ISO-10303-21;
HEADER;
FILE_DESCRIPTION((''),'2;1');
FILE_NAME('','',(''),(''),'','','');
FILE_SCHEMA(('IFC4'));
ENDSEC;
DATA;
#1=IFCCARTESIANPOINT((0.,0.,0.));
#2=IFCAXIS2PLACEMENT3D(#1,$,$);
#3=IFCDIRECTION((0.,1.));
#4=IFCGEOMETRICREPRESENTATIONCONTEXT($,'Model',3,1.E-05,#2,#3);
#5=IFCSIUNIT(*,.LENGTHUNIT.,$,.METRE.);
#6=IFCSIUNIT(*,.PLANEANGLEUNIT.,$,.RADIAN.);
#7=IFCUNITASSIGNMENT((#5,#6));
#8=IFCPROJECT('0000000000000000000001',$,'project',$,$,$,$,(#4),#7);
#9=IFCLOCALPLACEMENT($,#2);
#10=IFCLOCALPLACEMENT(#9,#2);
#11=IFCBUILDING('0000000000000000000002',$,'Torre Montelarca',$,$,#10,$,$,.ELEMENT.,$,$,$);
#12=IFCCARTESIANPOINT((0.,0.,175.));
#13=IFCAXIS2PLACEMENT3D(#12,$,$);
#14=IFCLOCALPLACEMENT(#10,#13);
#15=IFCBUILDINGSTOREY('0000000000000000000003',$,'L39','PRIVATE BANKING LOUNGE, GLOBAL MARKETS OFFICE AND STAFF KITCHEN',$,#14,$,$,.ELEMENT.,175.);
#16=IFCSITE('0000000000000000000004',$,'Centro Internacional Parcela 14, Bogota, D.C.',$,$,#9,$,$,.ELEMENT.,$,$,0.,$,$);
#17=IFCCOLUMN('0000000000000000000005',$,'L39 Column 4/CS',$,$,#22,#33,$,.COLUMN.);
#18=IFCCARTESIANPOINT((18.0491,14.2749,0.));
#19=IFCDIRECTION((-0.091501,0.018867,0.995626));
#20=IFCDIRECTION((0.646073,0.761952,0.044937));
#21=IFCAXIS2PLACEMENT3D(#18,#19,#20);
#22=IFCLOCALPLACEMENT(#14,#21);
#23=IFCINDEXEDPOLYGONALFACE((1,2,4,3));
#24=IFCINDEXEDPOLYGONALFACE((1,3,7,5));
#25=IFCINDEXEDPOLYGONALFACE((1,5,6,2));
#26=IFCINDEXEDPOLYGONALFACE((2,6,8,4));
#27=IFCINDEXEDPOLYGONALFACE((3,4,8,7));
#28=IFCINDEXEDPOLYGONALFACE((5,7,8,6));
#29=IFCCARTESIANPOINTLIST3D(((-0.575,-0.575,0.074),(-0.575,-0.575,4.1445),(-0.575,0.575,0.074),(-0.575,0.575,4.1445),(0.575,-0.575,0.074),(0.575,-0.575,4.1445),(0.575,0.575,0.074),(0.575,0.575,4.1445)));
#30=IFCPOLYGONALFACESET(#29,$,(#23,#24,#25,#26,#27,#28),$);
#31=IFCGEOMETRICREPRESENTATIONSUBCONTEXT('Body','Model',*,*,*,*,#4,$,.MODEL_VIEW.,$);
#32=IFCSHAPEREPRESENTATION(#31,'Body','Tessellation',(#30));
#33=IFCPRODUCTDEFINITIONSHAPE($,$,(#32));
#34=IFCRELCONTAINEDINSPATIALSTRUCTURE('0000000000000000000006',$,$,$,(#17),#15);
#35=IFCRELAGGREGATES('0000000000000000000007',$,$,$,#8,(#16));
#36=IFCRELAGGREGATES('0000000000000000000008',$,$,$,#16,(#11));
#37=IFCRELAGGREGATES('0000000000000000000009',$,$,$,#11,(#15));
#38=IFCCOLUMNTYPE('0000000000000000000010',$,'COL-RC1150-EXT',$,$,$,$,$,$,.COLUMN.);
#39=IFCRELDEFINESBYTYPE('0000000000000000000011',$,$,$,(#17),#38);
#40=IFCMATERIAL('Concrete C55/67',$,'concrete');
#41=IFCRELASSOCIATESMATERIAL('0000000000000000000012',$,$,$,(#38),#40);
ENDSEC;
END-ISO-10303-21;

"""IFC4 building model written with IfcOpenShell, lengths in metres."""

from ifc_helpers import new_model, si_unit, direction, frame, origin, origin_2d, place, context, subcontext, project, spatial, rectangle, extrude, clip, halfspace, material, material_profile, profile_set, type_object, element, save


model = new_model("IFC4")

# Units and contexts
model_context = context("Model", 3, precision=1e-05, world=origin(), true_north=direction((0.0, 1.0)))
body_context = subcontext(model_context, "Body", "Model", "MODEL_VIEW")
ifc_project = project(units=[si_unit("LENGTHUNIT", "METRE"), si_unit("PLANEANGLEUNIT", "RADIAN")], contexts=[model_context])

# Site, building, storey
site_placement = place(None, origin())
site = spatial("IfcSite", under=ifc_project, at=site_placement, Name="Centro Internacional Parcela 14, Bogota, D.C.", CompositionType="ELEMENT", RefElevation=0.0)
building_placement = place(site_placement, origin())
building = spatial("IfcBuilding", under=site, at=building_placement, Name="Torre Montelarca", CompositionType="ELEMENT")
storey_placement = place(building_placement, frame((0.0, 0.0, 175.0)))
storey = spatial("IfcBuildingStorey", under=building, at=storey_placement, Name="L39", Description="PRIVATE BANKING LOUNGE, GLOBAL MARKETS OFFICE AND STAFF KITCHEN", CompositionType="ELEMENT", Elevation=175.0)

# Column
ifc_material_1 = material(Name="Concrete C55/67", Category="concrete")
ifc_material_profile_1 = material_profile(ifc_material_1, rectangle(XDim=1.1499, YDim=1.1499, at=origin_2d()), Name="RC1150X1150", Category="concrete")
ifc_profile_set_1 = profile_set([ifc_material_profile_1], Name="Concrete C55/67")
column_type_1 = type_object("IfcColumnType", Name="COL-RC1150-EXT", PredefinedType="COLUMN", material=ifc_profile_set_1)
column_1_placement = place(storey_placement, frame((18.0491, 14.2749, 0.0), z_axis=(-0.091501, 0.018867, 0.995626), x_axis=(0.646073, 0.761952, 0.044937)))
element("IfcColumn", 1, at=column_1_placement, inside=storey, type_object=column_type_1, Name="L39 Column 4/CS", PredefinedType="COLUMN", context=body_context, shape_type="Clipping", body=[
    clip(clip(extrude(rectangle(XDim=1.1499, YDim=1.1499, at=origin_2d()), origin(), (0.0, 0.0, 1.0), 4.2185), halfspace(frame((0.0, 0.0, 0.074), z_axis=(0.0, 0.0, -1.0), x_axis=(1.0, 0.0, 0.0)), False)), halfspace(frame((0.0, 0.0, 4.1445), z_axis=(0.0, 0.0, 1.0), x_axis=(1.0, 0.0, 0.0)), False)),
])

save(model, "model.ifc")
